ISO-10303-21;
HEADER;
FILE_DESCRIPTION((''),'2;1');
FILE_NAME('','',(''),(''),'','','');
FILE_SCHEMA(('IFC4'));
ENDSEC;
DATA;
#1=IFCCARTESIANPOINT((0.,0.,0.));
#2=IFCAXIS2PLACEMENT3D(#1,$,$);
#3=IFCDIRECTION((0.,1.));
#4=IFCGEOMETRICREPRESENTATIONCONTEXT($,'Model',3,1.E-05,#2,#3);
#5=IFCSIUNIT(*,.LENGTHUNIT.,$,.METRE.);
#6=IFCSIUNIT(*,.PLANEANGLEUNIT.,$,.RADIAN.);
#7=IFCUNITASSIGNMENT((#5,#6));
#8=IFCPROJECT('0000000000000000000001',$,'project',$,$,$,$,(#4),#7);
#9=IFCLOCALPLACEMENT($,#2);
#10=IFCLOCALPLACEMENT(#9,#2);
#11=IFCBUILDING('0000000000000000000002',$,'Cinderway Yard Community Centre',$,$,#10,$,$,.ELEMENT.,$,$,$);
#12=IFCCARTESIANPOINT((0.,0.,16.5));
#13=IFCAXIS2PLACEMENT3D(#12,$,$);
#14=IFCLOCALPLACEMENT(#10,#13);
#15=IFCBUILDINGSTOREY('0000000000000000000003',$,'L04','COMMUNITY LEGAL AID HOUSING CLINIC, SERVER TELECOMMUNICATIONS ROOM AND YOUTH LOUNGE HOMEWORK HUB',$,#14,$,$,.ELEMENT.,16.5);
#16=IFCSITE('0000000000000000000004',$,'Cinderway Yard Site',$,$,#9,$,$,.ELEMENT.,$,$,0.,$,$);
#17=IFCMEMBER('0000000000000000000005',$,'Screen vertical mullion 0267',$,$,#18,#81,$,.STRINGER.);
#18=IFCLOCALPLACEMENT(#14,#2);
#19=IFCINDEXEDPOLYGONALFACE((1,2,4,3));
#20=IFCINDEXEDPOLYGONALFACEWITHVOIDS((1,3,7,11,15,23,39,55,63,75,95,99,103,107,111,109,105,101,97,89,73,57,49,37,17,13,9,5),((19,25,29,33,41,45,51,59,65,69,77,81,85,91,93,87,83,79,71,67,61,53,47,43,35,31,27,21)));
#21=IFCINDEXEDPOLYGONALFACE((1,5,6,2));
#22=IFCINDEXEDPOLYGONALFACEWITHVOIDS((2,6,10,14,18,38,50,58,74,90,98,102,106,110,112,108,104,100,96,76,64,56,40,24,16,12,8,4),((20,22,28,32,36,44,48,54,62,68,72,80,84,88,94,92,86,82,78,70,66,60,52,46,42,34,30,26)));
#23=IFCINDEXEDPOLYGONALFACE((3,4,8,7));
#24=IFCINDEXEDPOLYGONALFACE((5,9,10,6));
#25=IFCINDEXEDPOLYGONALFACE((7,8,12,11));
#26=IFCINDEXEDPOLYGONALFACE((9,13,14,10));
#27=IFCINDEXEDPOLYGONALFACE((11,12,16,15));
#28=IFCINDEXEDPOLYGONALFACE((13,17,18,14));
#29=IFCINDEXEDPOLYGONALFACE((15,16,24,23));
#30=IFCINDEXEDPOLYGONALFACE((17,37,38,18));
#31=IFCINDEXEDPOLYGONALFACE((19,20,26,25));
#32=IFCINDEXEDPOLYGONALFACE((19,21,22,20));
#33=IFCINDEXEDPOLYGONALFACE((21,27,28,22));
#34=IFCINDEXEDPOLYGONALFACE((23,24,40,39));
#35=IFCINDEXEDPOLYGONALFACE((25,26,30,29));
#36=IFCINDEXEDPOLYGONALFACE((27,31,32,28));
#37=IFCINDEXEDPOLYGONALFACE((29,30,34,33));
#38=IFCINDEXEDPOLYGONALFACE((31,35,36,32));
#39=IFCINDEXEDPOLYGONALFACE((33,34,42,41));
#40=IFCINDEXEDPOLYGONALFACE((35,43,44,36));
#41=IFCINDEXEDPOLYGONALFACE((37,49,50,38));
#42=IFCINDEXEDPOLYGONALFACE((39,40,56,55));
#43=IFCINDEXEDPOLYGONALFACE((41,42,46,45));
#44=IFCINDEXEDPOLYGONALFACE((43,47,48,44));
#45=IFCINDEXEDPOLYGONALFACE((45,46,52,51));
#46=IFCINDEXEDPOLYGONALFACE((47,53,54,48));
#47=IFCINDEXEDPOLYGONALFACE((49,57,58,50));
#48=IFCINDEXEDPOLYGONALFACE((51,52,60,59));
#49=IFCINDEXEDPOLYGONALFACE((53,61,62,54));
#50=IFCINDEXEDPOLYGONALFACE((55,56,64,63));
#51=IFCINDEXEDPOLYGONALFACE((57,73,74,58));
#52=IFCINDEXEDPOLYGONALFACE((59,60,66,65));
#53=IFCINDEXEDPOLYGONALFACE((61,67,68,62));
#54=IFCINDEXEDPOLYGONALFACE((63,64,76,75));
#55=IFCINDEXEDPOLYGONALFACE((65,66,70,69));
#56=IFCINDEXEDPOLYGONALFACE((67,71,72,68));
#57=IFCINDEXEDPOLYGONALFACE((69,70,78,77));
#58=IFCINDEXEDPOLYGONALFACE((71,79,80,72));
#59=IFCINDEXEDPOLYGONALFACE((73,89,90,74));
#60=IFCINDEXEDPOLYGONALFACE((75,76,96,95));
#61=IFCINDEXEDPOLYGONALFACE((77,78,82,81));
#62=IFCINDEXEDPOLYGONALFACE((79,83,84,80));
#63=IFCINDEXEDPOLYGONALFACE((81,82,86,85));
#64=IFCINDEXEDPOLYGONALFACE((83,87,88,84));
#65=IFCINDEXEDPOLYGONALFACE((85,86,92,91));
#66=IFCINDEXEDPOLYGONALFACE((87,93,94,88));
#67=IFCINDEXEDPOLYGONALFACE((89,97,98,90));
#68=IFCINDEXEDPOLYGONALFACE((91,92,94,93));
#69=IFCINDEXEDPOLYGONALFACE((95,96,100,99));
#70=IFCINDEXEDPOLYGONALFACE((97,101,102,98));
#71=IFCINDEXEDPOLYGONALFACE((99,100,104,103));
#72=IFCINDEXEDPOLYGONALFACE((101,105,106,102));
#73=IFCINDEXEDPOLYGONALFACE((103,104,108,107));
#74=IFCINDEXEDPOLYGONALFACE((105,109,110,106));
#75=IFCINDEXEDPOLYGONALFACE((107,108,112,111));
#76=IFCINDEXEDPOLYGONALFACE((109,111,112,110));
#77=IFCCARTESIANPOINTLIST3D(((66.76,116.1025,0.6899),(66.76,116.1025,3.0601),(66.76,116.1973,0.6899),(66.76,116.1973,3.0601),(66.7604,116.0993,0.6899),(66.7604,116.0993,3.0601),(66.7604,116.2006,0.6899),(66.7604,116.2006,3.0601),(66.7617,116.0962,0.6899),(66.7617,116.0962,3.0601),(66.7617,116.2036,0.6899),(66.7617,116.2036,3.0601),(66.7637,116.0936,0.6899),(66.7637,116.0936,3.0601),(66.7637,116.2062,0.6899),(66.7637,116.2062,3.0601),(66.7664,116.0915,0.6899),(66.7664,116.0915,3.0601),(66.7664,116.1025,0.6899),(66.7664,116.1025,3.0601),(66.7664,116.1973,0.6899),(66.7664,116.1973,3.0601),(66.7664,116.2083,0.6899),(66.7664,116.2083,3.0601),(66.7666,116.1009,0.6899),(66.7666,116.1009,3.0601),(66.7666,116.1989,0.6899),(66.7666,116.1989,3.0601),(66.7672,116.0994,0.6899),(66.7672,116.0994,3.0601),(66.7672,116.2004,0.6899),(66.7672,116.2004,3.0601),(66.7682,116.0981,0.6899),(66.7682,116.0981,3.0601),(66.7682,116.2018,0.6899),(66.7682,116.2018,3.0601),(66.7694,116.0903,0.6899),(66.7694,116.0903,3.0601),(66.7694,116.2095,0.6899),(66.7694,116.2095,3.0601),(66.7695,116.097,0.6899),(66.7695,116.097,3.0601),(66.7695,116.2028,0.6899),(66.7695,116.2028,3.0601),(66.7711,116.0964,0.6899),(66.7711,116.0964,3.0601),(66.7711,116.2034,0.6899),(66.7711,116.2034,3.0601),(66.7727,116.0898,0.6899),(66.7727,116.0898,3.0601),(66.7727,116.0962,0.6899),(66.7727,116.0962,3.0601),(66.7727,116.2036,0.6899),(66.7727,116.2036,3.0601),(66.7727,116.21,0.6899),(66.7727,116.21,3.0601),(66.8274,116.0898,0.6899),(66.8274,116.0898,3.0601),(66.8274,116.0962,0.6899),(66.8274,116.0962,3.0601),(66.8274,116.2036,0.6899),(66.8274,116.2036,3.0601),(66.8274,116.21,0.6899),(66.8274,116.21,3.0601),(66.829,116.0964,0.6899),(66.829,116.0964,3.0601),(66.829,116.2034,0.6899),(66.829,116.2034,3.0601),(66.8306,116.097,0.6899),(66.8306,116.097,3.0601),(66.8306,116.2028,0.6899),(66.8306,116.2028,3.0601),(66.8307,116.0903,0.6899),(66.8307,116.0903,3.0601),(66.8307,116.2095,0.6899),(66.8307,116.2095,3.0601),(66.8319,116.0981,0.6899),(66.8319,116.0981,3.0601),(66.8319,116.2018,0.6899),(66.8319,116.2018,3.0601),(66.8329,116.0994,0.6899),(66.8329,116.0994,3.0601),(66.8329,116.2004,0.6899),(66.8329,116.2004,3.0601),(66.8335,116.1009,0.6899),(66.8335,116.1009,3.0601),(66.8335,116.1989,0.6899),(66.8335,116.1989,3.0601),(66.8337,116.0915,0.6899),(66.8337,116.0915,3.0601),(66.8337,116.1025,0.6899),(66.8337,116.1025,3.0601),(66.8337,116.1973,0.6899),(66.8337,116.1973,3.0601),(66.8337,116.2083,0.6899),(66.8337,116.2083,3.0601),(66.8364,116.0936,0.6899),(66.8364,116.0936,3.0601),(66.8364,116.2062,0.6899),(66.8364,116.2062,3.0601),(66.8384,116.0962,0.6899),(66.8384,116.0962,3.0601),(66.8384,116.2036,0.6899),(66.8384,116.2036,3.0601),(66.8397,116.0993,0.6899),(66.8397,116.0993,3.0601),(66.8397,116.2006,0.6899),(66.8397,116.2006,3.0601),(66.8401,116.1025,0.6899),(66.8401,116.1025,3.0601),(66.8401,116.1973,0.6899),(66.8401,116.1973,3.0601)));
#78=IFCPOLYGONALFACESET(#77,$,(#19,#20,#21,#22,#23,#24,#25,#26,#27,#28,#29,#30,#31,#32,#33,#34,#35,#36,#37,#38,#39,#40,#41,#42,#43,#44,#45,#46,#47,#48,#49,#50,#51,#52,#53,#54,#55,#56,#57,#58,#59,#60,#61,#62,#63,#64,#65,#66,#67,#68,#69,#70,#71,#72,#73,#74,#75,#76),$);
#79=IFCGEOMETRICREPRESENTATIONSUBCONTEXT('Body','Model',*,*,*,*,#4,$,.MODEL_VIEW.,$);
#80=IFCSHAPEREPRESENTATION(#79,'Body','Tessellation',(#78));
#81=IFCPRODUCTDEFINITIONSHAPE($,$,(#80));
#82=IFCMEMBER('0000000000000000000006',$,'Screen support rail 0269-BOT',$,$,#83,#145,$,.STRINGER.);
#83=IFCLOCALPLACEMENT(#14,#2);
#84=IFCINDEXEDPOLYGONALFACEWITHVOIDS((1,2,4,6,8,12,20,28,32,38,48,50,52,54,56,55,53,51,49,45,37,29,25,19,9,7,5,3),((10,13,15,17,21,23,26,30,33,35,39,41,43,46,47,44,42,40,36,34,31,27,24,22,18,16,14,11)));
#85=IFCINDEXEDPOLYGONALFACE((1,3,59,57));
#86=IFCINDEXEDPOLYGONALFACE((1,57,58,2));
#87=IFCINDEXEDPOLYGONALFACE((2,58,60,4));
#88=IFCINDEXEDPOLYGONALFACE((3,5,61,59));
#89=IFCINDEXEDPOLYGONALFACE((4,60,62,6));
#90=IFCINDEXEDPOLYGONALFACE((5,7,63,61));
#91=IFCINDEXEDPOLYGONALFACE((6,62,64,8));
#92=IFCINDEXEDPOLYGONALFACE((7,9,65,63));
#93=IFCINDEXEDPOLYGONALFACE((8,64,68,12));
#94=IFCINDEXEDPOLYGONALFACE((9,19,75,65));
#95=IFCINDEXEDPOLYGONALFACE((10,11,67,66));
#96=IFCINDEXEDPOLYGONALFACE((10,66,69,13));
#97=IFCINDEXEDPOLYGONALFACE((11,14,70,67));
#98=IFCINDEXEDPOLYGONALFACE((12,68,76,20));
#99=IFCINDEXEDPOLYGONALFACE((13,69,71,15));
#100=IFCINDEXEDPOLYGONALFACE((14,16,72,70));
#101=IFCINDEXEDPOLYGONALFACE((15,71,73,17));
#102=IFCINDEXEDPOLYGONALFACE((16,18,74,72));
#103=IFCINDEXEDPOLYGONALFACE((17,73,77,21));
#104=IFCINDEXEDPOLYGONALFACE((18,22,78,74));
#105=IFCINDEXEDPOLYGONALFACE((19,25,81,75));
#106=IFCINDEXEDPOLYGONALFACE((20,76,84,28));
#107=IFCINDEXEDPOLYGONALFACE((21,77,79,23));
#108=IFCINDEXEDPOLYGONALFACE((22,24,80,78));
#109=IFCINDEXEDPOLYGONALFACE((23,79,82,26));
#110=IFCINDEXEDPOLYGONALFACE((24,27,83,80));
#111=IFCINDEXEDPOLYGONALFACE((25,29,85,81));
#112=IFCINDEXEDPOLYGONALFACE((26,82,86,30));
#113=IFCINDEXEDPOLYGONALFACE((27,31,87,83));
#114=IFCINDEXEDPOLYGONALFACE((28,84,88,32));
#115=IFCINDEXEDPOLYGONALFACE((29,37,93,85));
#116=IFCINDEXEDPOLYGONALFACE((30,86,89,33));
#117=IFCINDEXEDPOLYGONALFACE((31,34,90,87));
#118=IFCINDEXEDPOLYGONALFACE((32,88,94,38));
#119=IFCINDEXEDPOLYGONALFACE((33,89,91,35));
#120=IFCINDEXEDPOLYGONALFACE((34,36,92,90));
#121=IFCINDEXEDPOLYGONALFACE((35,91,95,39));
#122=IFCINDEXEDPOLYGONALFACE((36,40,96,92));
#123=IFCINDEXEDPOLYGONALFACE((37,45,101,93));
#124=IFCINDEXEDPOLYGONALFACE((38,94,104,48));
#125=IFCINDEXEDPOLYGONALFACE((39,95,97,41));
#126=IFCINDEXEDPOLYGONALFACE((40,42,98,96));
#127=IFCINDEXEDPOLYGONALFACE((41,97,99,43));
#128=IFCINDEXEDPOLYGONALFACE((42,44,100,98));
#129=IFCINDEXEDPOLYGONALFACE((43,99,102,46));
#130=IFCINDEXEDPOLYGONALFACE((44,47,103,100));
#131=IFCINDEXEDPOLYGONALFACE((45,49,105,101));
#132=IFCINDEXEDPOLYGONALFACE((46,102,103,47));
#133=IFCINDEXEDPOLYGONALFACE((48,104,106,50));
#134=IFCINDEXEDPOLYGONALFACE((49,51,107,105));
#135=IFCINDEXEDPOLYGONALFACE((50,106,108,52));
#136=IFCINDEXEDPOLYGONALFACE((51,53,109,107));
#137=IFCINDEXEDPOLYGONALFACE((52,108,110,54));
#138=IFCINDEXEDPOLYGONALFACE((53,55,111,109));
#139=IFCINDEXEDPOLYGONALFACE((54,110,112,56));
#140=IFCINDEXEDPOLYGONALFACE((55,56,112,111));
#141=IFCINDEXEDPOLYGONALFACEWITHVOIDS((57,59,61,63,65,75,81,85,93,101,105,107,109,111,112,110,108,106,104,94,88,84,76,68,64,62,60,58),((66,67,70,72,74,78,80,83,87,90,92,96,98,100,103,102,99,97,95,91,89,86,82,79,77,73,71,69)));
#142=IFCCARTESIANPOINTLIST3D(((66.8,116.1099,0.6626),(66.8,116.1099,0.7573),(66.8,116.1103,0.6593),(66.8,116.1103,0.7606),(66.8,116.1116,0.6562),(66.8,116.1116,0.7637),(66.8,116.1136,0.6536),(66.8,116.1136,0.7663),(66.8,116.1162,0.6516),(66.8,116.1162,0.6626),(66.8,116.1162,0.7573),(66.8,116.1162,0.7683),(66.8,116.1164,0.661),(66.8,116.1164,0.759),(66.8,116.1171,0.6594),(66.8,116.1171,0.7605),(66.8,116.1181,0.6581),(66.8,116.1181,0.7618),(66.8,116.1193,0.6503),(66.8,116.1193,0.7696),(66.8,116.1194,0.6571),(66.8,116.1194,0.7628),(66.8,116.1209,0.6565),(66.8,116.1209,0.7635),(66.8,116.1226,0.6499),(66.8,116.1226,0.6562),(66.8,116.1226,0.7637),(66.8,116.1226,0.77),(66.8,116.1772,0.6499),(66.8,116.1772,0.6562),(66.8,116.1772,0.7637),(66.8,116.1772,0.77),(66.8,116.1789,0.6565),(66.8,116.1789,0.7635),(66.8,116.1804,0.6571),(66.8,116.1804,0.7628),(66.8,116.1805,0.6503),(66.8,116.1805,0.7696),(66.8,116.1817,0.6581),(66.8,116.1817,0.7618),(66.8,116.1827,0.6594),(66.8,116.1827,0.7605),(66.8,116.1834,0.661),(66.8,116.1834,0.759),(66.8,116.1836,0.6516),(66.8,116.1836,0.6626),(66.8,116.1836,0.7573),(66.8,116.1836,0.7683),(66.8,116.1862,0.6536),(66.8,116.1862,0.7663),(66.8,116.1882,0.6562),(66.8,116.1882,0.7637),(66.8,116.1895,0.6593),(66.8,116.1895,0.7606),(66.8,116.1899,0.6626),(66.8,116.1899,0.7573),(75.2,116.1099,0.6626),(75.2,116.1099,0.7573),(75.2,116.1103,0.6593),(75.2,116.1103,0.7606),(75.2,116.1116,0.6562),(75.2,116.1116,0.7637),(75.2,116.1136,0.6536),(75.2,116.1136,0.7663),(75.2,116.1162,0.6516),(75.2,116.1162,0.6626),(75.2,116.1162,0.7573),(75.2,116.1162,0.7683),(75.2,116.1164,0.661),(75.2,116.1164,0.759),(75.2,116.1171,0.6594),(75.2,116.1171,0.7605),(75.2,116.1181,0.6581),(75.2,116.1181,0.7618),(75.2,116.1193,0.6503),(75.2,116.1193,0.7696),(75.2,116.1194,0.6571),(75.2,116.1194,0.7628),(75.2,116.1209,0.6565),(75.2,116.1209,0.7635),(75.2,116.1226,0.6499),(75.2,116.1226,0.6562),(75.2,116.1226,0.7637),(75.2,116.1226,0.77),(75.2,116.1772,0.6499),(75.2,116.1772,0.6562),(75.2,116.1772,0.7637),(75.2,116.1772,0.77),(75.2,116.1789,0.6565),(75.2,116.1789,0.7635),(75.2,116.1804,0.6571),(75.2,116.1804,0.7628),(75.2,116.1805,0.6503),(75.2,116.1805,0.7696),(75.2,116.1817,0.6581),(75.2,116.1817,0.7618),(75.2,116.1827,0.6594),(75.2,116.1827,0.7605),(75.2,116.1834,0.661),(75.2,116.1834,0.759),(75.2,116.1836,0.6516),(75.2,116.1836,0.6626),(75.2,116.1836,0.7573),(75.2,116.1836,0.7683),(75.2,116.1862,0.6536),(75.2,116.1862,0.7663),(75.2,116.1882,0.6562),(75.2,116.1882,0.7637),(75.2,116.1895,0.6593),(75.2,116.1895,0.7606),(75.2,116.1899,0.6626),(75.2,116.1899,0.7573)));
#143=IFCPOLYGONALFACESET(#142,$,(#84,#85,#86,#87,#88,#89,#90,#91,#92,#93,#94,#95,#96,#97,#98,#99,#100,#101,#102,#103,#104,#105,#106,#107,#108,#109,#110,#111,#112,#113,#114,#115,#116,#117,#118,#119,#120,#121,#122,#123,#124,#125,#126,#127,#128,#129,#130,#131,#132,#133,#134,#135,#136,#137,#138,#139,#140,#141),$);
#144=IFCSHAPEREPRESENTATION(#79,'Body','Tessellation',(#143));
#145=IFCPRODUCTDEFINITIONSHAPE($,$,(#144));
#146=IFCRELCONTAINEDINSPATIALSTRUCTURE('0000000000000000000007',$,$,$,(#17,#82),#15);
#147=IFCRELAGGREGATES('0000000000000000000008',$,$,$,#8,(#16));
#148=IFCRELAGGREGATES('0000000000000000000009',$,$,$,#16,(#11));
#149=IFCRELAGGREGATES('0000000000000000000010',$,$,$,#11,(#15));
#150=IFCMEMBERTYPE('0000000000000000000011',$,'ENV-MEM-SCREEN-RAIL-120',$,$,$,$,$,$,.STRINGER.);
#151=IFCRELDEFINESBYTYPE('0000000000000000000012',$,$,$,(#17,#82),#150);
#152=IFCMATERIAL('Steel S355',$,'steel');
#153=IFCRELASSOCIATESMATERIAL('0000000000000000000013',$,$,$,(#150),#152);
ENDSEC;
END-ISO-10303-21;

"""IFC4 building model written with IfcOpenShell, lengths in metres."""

from ifc_helpers import new_model, si_unit, direction, frame, origin, origin_2d, place, context, subcontext, project, spatial, hollow_rectangle, extrude, material, material_profile, profile_set, type_object, element, save


model = new_model("IFC4")

# Units and contexts
model_context = context("Model", 3, precision=1e-05, world=origin(), true_north=direction((0.0, 1.0)))
body_context = subcontext(model_context, "Body", "Model", "MODEL_VIEW")
ifc_project = project(units=[si_unit("LENGTHUNIT", "METRE"), si_unit("PLANEANGLEUNIT", "RADIAN")], contexts=[model_context])

# Site, building, storey
site_placement = place(None, origin())
site = spatial("IfcSite", under=ifc_project, at=site_placement, Name="Cinderway Yard Site", CompositionType="ELEMENT", RefElevation=0.0)
building_placement = place(site_placement, origin())
building = spatial("IfcBuilding", under=site, at=building_placement, Name="Cinderway Yard Community Centre", CompositionType="ELEMENT")
storey_placement = place(building_placement, frame((0.0, 0.0, 16.5)))
storey = spatial("IfcBuildingStorey", under=building, at=storey_placement, Name="L04", Description="COMMUNITY LEGAL AID HOUSING CLINIC, SERVER TELECOMMUNICATIONS ROOM AND YOUTH LOUNGE HOMEWORK HUB", CompositionType="ELEMENT", Elevation=16.5)

# Members
ifc_material_1 = material(Name="Steel S355", Category="steel")
ifc_material_profile_1 = material_profile(ifc_material_1, hollow_rectangle(XDim=0.0801, YDim=0.1201, WallThickness=0.0063, InnerFilletRadius=0.0063, OuterFilletRadius=0.0127, at=origin_2d()), Name="Steel S355")
ifc_profile_set_1 = profile_set([ifc_material_profile_1], Name="Steel S355")
member_type_1 = type_object("IfcMemberType", Name="ENV-MEM-SCREEN-RAIL-120", PredefinedType="STRINGER", material=ifc_profile_set_1)
member_1_placement = place(storey_placement, frame((66.8, 116.1499, 0.6899), z_axis=(0.0, 0.0, 1.0), x_axis=(1.0, 0.0, 0.0)))
element("IfcMember", 1, at=member_1_placement, inside=storey, type_object=member_type_1, Name="Screen vertical mullion 0267", PredefinedType="STRINGER", context=body_context, shape_type="SweptSolid", body=[
    extrude(hollow_rectangle(XDim=0.0801, YDim=0.1201, WallThickness=0.0063, InnerFilletRadius=0.0063, OuterFilletRadius=0.0127, at=origin_2d()), origin(), (0.0, 0.0, 1.0), 2.3701),
])
for number, where, z_axis, x_axis, name in (
    (2, (66.8, 116.1499, 0.71), (1.0, 0.0, 0.0), (0.0, 1.0, 0.0), "Screen support rail 0269-BOT"),
):
    element("IfcMember", number, at=place(storey_placement, frame(where, z_axis=z_axis, x_axis=x_axis)), inside=storey, type_object=member_type_1, Name=name, PredefinedType="STRINGER", context=body_context, shape_type="SweptSolid", body=[
        extrude(hollow_rectangle(XDim=0.0801, YDim=0.1201, WallThickness=0.0063, InnerFilletRadius=0.0063, OuterFilletRadius=0.0127, at=origin_2d()), origin(), (0.0, 0.0, 1.0), 8.3999),
    ])

save(model, "model.ifc")
